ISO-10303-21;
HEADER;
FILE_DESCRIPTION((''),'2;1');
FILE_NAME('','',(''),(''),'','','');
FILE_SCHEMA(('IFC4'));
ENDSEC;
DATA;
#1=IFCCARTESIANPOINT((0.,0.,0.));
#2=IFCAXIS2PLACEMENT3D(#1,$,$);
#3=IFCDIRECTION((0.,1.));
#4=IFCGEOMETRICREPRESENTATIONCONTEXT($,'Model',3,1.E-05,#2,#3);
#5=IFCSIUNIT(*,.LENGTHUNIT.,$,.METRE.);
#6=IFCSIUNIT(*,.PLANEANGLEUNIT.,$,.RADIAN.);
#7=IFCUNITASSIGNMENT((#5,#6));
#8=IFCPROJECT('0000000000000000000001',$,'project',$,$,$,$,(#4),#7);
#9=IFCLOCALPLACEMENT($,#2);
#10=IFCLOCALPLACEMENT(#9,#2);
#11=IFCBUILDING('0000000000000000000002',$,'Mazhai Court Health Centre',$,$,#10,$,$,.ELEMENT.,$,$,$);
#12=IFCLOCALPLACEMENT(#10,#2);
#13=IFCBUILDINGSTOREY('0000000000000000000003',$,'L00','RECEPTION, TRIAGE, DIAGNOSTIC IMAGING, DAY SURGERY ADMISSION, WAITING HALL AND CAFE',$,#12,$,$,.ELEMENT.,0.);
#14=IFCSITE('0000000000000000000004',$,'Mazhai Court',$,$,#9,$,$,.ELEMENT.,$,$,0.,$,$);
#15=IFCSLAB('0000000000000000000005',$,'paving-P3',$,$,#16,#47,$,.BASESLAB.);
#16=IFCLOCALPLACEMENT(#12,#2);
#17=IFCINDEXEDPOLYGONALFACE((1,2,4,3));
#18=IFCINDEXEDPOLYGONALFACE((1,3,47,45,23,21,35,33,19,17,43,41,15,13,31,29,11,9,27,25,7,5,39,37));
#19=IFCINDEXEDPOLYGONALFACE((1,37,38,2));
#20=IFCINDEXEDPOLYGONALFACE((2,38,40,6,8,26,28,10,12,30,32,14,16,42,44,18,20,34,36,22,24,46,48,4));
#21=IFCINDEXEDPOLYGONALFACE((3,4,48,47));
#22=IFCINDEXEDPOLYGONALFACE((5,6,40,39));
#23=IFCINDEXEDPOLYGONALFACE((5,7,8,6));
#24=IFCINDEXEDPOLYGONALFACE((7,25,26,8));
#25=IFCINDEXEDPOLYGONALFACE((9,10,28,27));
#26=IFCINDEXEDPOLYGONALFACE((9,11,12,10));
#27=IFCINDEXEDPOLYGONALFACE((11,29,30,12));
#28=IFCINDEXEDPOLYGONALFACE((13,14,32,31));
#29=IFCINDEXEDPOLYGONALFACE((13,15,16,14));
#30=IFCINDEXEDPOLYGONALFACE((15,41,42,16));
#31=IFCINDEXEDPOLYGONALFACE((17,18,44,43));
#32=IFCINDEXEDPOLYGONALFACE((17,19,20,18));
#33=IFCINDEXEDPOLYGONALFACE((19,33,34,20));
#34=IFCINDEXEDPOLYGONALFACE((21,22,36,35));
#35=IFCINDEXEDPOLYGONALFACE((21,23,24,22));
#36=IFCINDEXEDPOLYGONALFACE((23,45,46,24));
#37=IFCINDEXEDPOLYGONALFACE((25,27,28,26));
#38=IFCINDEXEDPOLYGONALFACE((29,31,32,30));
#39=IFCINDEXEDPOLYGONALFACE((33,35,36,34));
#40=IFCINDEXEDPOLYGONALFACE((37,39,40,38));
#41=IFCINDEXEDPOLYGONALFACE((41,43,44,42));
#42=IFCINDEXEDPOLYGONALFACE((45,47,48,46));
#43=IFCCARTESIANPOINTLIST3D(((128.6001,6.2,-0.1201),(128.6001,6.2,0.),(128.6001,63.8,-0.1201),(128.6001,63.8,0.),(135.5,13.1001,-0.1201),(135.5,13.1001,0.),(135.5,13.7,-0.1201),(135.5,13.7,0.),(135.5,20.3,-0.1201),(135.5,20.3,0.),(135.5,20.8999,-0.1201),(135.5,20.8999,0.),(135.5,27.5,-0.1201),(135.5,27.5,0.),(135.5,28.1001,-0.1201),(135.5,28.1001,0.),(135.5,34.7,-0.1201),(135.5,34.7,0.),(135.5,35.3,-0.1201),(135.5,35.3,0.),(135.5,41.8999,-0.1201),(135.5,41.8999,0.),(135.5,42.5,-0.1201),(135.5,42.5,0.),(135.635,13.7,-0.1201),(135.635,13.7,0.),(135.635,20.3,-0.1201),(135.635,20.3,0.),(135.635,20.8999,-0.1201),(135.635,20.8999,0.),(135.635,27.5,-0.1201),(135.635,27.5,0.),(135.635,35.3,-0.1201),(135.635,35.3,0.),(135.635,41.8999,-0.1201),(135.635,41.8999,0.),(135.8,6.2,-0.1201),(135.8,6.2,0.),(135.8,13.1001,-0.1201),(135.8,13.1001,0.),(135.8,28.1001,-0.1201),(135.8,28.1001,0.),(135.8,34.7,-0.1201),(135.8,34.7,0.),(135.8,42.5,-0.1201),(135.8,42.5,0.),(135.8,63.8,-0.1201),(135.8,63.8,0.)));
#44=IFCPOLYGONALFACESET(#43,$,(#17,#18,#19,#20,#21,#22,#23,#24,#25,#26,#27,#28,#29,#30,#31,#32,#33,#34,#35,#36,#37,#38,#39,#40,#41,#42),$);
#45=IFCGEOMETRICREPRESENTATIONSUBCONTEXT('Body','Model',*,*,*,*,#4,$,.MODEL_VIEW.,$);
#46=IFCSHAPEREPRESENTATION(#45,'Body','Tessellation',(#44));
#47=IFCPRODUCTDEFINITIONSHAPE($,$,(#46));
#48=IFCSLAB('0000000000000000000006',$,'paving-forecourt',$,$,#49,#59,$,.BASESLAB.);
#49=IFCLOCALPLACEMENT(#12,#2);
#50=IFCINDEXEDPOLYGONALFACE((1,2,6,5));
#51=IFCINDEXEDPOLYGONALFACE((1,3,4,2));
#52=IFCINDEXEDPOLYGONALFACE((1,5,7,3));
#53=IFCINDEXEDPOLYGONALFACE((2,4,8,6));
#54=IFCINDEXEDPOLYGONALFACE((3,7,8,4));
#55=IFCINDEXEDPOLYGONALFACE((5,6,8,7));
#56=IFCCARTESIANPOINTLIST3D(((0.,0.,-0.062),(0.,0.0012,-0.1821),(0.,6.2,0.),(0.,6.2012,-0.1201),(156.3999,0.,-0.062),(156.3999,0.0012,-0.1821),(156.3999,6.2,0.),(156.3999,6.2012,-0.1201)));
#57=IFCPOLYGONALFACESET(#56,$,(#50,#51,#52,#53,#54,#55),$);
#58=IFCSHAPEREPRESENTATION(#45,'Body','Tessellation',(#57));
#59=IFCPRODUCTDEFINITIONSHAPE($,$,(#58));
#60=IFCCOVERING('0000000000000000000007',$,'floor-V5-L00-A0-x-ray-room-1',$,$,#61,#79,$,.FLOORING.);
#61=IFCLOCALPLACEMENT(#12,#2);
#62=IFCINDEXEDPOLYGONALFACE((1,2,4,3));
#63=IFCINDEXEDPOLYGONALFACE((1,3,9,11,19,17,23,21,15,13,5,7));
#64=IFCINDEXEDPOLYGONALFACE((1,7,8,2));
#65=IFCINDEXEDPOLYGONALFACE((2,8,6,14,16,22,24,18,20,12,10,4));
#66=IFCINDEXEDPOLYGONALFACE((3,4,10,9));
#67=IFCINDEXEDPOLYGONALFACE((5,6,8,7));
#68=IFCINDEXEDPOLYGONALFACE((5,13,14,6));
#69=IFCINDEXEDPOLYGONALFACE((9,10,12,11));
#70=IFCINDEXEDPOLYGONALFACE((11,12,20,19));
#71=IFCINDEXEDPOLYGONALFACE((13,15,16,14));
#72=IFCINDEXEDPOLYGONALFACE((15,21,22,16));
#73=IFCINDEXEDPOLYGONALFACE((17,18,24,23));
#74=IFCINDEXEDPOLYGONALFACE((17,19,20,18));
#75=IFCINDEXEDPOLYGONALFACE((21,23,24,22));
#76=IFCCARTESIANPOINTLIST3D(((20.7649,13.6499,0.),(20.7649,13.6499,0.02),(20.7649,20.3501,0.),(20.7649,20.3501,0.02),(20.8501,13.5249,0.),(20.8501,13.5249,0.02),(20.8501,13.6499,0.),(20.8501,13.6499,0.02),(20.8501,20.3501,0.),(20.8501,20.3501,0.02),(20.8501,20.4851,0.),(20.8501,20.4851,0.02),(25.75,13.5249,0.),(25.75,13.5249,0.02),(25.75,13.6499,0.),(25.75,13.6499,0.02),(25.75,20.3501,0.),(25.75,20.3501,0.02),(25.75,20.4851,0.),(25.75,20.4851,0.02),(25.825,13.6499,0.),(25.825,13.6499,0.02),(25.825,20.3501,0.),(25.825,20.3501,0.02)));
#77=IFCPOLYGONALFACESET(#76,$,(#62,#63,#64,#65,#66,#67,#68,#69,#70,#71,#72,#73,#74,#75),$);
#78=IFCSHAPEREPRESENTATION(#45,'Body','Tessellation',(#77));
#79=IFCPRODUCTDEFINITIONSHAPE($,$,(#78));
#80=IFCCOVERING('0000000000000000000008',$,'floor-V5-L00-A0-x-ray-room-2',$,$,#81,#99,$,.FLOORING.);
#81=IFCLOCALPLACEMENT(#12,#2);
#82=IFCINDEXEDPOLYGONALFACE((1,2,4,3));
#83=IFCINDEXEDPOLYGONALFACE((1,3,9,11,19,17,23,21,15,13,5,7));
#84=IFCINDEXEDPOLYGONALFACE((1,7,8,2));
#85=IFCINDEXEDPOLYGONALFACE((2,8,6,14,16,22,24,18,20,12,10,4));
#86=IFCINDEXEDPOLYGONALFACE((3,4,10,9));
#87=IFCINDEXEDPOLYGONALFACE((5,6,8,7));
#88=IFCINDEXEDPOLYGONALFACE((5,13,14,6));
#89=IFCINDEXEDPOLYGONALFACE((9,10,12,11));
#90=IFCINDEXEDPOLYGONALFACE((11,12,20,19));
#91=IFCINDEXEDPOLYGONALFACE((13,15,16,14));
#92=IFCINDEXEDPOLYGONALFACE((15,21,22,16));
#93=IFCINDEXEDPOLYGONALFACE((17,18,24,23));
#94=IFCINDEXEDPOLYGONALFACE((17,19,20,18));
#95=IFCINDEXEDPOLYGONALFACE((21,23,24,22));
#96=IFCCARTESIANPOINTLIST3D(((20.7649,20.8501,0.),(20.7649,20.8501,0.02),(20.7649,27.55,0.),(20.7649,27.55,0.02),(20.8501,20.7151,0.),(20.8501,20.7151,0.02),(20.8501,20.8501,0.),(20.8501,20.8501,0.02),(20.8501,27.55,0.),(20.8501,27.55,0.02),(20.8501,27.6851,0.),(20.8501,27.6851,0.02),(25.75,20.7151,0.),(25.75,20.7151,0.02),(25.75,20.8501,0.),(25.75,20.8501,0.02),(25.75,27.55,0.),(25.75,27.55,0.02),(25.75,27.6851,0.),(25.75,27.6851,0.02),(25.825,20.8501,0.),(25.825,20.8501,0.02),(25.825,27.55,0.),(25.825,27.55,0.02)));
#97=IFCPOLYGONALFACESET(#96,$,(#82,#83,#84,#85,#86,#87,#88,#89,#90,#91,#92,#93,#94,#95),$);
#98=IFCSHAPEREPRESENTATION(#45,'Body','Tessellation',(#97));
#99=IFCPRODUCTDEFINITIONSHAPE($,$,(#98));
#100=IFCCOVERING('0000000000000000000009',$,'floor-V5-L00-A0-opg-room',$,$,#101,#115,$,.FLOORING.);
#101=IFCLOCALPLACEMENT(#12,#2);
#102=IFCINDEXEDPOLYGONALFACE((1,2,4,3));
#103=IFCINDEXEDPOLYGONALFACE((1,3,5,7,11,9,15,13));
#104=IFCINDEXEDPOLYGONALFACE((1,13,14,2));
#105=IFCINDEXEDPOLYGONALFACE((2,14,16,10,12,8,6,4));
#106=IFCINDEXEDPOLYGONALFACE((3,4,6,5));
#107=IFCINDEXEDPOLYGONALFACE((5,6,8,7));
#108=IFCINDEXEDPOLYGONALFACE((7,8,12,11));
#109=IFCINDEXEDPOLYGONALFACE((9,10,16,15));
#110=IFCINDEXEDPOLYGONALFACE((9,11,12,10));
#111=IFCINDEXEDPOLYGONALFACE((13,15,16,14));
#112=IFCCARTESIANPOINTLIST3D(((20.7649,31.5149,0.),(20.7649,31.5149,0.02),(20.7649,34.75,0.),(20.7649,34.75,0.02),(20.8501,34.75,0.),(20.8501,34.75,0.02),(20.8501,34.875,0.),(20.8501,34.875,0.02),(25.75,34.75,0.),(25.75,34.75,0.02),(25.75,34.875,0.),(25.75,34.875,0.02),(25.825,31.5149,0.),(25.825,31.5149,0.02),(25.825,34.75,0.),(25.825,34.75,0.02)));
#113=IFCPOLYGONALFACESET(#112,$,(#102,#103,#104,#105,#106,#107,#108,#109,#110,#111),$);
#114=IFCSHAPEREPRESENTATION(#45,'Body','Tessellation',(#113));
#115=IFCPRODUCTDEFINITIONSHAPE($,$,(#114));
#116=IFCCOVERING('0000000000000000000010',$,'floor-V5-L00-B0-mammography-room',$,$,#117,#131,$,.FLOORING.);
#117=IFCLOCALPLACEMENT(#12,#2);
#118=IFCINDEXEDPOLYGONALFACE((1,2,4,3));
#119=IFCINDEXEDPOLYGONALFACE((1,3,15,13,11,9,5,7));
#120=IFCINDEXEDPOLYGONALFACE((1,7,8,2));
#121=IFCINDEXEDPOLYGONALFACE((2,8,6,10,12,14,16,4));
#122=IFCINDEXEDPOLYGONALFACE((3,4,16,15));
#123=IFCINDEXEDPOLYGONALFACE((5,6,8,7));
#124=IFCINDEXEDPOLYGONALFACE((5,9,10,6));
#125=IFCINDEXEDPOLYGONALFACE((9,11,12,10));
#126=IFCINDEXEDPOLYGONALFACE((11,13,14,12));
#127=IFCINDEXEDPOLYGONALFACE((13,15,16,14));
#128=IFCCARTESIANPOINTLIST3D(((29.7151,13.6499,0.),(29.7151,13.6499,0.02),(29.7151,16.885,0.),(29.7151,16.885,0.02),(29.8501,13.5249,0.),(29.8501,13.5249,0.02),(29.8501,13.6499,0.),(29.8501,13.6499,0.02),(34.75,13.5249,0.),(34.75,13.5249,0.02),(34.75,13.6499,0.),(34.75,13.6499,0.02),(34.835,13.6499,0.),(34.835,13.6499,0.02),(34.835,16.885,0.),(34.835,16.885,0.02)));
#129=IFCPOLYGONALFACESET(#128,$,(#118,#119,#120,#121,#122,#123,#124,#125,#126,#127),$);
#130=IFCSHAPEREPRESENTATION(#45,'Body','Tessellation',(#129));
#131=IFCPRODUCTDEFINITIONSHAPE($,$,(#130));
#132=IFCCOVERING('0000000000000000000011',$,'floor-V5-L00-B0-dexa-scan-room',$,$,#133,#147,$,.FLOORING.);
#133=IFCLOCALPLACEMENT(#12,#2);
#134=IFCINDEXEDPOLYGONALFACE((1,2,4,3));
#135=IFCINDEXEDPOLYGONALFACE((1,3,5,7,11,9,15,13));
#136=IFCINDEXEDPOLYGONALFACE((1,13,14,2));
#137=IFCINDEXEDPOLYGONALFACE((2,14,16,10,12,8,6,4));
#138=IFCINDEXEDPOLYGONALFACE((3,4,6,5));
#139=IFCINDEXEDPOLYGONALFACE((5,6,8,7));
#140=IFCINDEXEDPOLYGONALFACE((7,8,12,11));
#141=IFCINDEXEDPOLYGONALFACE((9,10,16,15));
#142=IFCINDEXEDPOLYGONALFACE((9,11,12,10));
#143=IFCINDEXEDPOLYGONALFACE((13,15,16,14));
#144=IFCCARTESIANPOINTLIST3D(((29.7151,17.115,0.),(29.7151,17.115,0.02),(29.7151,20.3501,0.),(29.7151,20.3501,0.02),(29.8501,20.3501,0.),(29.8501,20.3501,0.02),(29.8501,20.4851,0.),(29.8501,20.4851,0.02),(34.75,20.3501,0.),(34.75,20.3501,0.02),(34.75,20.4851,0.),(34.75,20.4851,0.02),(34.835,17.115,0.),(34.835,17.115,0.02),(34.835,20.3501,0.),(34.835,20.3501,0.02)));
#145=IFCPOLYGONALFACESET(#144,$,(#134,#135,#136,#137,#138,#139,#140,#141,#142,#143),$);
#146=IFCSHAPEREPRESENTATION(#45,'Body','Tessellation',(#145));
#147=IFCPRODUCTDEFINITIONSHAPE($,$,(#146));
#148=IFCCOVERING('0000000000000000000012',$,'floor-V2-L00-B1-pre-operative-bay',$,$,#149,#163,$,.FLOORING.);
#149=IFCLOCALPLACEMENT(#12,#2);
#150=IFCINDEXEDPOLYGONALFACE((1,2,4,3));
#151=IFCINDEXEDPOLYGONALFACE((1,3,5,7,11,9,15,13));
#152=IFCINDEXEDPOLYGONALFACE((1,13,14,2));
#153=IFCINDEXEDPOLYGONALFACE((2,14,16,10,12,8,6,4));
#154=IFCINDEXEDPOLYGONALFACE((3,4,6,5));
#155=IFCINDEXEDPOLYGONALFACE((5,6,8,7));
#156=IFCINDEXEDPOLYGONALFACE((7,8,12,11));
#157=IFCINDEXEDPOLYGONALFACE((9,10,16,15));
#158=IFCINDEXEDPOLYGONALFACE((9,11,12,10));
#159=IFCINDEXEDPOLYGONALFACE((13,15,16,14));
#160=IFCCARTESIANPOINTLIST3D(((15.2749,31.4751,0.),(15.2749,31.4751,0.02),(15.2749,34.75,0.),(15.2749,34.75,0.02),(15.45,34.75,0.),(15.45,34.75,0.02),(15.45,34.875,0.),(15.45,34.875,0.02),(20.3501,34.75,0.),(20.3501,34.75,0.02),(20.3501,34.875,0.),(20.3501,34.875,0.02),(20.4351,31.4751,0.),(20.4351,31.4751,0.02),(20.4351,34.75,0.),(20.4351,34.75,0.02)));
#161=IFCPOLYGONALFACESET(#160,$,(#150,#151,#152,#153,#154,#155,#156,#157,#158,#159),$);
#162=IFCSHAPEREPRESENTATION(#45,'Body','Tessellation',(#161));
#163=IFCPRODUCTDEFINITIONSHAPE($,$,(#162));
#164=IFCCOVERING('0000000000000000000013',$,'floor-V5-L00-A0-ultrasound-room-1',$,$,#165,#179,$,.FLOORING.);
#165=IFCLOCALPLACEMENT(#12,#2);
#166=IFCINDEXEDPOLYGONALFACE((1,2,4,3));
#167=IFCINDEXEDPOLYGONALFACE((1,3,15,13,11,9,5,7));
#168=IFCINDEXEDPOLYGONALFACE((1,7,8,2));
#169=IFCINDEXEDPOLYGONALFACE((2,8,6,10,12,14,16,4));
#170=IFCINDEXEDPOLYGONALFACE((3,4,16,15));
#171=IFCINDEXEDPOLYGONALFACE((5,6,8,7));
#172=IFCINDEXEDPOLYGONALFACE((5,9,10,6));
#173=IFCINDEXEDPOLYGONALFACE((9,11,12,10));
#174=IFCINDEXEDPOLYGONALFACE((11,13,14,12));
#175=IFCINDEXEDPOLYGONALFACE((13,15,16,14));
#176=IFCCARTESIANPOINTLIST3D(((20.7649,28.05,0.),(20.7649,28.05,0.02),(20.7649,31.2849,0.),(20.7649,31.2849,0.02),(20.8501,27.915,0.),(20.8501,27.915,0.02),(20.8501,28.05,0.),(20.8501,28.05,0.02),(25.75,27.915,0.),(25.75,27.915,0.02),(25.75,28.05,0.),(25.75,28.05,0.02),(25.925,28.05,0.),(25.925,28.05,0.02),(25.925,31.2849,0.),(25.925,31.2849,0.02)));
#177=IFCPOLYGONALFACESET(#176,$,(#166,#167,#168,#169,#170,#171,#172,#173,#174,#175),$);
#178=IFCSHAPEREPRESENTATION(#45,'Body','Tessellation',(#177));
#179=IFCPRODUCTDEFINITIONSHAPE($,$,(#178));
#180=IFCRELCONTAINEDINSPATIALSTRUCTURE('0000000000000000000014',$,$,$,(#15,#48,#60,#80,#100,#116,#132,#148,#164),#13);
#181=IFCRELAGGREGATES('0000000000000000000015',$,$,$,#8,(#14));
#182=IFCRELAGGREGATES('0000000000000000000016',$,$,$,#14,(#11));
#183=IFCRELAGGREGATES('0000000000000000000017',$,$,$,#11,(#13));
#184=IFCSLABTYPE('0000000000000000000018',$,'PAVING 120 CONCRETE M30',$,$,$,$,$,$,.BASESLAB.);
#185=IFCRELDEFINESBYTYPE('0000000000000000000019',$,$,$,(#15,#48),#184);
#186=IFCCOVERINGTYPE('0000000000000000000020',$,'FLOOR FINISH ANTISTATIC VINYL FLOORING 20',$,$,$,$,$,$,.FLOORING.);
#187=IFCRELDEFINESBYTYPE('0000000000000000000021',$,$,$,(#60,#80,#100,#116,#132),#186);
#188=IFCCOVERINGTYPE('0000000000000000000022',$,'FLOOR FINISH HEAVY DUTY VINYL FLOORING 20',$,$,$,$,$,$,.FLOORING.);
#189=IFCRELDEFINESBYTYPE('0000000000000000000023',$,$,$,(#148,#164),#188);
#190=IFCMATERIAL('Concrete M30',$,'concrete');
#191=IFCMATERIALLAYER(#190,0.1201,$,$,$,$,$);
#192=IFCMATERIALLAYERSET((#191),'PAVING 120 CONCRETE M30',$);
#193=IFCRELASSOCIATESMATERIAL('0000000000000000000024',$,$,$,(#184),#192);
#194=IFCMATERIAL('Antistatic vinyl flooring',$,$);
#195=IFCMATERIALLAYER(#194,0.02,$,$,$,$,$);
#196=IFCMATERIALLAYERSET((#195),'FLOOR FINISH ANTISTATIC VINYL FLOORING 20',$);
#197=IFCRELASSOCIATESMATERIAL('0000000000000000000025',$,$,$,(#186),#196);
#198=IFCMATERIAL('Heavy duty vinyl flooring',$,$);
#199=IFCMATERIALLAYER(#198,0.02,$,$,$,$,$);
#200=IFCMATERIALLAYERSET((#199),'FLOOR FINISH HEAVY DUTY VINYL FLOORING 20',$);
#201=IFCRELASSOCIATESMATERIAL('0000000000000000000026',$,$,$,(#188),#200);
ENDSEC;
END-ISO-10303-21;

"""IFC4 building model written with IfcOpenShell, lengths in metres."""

from ifc_helpers import new_model, si_unit, direction, frame, origin, place, context, subcontext, project, spatial, polyline, outline, extrude, material, layer, layer_set, type_object, element, save


model = new_model("IFC4")

# Units and contexts
model_context = context("Model", 3, precision=1e-05, world=origin(), true_north=direction((0.0, 1.0)))
body_context = subcontext(model_context, "Body", "Model", "MODEL_VIEW")
ifc_project = project(units=[si_unit("LENGTHUNIT", "METRE"), si_unit("PLANEANGLEUNIT", "RADIAN")], contexts=[model_context])

# Site, building, storey
site_placement = place(None, origin())
site = spatial("IfcSite", under=ifc_project, at=site_placement, Name="Mazhai Court", CompositionType="ELEMENT", RefElevation=0.0)
building_placement = place(site_placement, origin())
building = spatial("IfcBuilding", under=site, at=building_placement, Name="Mazhai Court Health Centre", CompositionType="ELEMENT")
storey_placement = place(building_placement, origin())
storey = spatial("IfcBuildingStorey", under=building, at=storey_placement, Name="L00", Description="RECEPTION, TRIAGE, DIAGNOSTIC IMAGING, DAY SURGERY ADMISSION, WAITING HALL AND CAFE", CompositionType="ELEMENT", Elevation=0.0)

# Slabs
ifc_material_1 = material(Name="Concrete M30", Category="concrete")
ifc_layer_1 = layer(ifc_material_1, 0.1201)
ifc_layer_set_1 = layer_set([ifc_layer_1], Name="PAVING 120 CONCRETE M30")
slab_type = type_object("IfcSlabType", Name="PAVING 120 CONCRETE M30", PredefinedType="BASESLAB", material=ifc_layer_set_1)
slab_1_placement = place(storey_placement, frame((0.0, 0.0, -0.1201)))
element("IfcSlab", 1, at=slab_1_placement, inside=storey, type_object=slab_type, Name="paving-P3", PredefinedType="BASESLAB", context=body_context, shape_type="SweptSolid", body=[
    extrude(outline(polyline([(128.6001, 6.2), (128.6001, 63.8), (135.8, 63.8), (135.8, 42.5), (135.5, 42.5), (135.5, 41.8999), (135.635, 41.8999), (135.635, 35.3), (135.5, 35.3), (135.5, 34.7), (135.8, 34.7), (135.8, 28.1001), (135.5, 28.1001), (135.5, 27.5), (135.635, 27.5), (135.635, 20.8999), (135.5, 20.8999), (135.5, 20.3), (135.635, 20.3), (135.635, 13.7), (135.5, 13.7), (135.5, 13.1001), (135.8, 13.1001), (135.8, 6.2), (128.6001, 6.2)])), origin(), (0.0, 0.0, 1.0), 0.1201),
])
slab_2_placement = place(storey_placement, frame((0.0, 0.0, -0.062), z_axis=(0.0, -0.010001, 0.99995), x_axis=(1.0, 0.0, 0.0)))
element("IfcSlab", 2, at=slab_2_placement, inside=storey, type_object=slab_type, Name="paving-forecourt", PredefinedType="BASESLAB", context=body_context, shape_type="SweptSolid", body=[
    extrude(outline(polyline([(0.0, 0.0), (156.3999, 0.0), (156.3999, 6.2003), (0.0, 6.2003), (0.0, 0.0)])), origin(), (0.0, 0.0, -1.0), 0.1201),
])

# Coverings
ifc_material_2 = material(Name="Antistatic vinyl flooring")
ifc_layer_2 = layer(ifc_material_2, 0.02)
ifc_layer_set_2 = layer_set([ifc_layer_2], Name="FLOOR FINISH ANTISTATIC VINYL FLOORING 20")
covering_type_1 = type_object("IfcCoveringType", Name="FLOOR FINISH ANTISTATIC VINYL FLOORING 20", PredefinedType="FLOORING", material=ifc_layer_set_2)
covering_1_placement = place(storey_placement, origin())
element("IfcCovering", 3, at=covering_1_placement, inside=storey, type_object=covering_type_1, Name="floor-V5-L00-A0-x-ray-room-1", PredefinedType="FLOORING", context=body_context, shape_type="SweptSolid", body=[
    extrude(outline(polyline([(25.825, 20.3501), (25.75, 20.3501), (25.75, 20.4851), (20.8501, 20.4851), (20.8501, 20.3501), (20.7649, 20.3501), (20.7649, 13.6499), (20.8501, 13.6499), (20.8501, 13.5249), (25.75, 13.5249), (25.75, 13.6499), (25.825, 13.6499), (25.825, 20.3501)])), origin(), (0.0, 0.0, 1.0), 0.02),
])
covering_2_placement = place(storey_placement, origin())
element("IfcCovering", 4, at=covering_2_placement, inside=storey, type_object=covering_type_1, Name="floor-V5-L00-A0-x-ray-room-2", PredefinedType="FLOORING", context=body_context, shape_type="SweptSolid", body=[
    extrude(outline(polyline([(25.825, 27.55), (25.75, 27.55), (25.75, 27.6851), (20.8501, 27.6851), (20.8501, 27.55), (20.7649, 27.55), (20.7649, 20.8501), (20.8501, 20.8501), (20.8501, 20.7151), (25.75, 20.7151), (25.75, 20.8501), (25.825, 20.8501), (25.825, 27.55)])), origin(), (0.0, 0.0, 1.0), 0.02),
])
covering_3_placement = place(storey_placement, origin())
element("IfcCovering", 5, at=covering_3_placement, inside=storey, type_object=covering_type_1, Name="floor-V5-L00-A0-opg-room", PredefinedType="FLOORING", context=body_context, shape_type="SweptSolid", body=[
    extrude(outline(polyline([(25.825, 34.75), (25.75, 34.75), (25.75, 34.875), (20.8501, 34.875), (20.8501, 34.75), (20.7649, 34.75), (20.7649, 31.5149), (25.825, 31.5149), (25.825, 34.75)])), origin(), (0.0, 0.0, 1.0), 0.02),
])
covering_4_placement = place(storey_placement, origin())
element("IfcCovering", 6, at=covering_4_placement, inside=storey, type_object=covering_type_1, Name="floor-V5-L00-B0-mammography-room", PredefinedType="FLOORING", context=body_context, shape_type="SweptSolid", body=[
    extrude(outline(polyline([(29.7151, 13.6499), (29.8501, 13.6499), (29.8501, 13.5249), (34.75, 13.5249), (34.75, 13.6499), (34.835, 13.6499), (34.835, 16.885), (29.7151, 16.885), (29.7151, 13.6499)])), origin(), (0.0, 0.0, 1.0), 0.02),
])
covering_5_placement = place(storey_placement, origin())
element("IfcCovering", 7, at=covering_5_placement, inside=storey, type_object=covering_type_1, Name="floor-V5-L00-B0-dexa-scan-room", PredefinedType="FLOORING", context=body_context, shape_type="SweptSolid", body=[
    extrude(outline(polyline([(34.835, 20.3501), (34.75, 20.3501), (34.75, 20.4851), (29.8501, 20.4851), (29.8501, 20.3501), (29.7151, 20.3501), (29.7151, 17.115), (34.835, 17.115), (34.835, 20.3501)])), origin(), (0.0, 0.0, 1.0), 0.02),
])
ifc_material_3 = material(Name="Heavy duty vinyl flooring")
ifc_layer_3 = layer(ifc_material_3, 0.02)
ifc_layer_set_3 = layer_set([ifc_layer_3], Name="FLOOR FINISH HEAVY DUTY VINYL FLOORING 20")
covering_type_2 = type_object("IfcCoveringType", Name="FLOOR FINISH HEAVY DUTY VINYL FLOORING 20", PredefinedType="FLOORING", material=ifc_layer_set_3)
covering_6_placement = place(storey_placement, origin())
element("IfcCovering", 8, at=covering_6_placement, inside=storey, type_object=covering_type_2, Name="floor-V2-L00-B1-pre-operative-bay", PredefinedType="FLOORING", context=body_context, shape_type="SweptSolid", body=[
    extrude(outline(polyline([(20.4351, 34.75), (20.3501, 34.75), (20.3501, 34.875), (15.45, 34.875), (15.45, 34.75), (15.2749, 34.75), (15.2749, 31.4751), (20.4351, 31.4751), (20.4351, 34.75)])), origin(), (0.0, 0.0, 1.0), 0.02),
])
covering_7_placement = place(storey_placement, origin())
element("IfcCovering", 9, at=covering_7_placement, inside=storey, type_object=covering_type_2, Name="floor-V5-L00-A0-ultrasound-room-1", PredefinedType="FLOORING", context=body_context, shape_type="SweptSolid", body=[
    extrude(outline(polyline([(20.7649, 28.05), (20.8501, 28.05), (20.8501, 27.915), (25.75, 27.915), (25.75, 28.05), (25.925, 28.05), (25.925, 31.2849), (20.7649, 31.2849), (20.7649, 28.05)])), origin(), (0.0, 0.0, 1.0), 0.02),
])

save(model, "model.ifc")
